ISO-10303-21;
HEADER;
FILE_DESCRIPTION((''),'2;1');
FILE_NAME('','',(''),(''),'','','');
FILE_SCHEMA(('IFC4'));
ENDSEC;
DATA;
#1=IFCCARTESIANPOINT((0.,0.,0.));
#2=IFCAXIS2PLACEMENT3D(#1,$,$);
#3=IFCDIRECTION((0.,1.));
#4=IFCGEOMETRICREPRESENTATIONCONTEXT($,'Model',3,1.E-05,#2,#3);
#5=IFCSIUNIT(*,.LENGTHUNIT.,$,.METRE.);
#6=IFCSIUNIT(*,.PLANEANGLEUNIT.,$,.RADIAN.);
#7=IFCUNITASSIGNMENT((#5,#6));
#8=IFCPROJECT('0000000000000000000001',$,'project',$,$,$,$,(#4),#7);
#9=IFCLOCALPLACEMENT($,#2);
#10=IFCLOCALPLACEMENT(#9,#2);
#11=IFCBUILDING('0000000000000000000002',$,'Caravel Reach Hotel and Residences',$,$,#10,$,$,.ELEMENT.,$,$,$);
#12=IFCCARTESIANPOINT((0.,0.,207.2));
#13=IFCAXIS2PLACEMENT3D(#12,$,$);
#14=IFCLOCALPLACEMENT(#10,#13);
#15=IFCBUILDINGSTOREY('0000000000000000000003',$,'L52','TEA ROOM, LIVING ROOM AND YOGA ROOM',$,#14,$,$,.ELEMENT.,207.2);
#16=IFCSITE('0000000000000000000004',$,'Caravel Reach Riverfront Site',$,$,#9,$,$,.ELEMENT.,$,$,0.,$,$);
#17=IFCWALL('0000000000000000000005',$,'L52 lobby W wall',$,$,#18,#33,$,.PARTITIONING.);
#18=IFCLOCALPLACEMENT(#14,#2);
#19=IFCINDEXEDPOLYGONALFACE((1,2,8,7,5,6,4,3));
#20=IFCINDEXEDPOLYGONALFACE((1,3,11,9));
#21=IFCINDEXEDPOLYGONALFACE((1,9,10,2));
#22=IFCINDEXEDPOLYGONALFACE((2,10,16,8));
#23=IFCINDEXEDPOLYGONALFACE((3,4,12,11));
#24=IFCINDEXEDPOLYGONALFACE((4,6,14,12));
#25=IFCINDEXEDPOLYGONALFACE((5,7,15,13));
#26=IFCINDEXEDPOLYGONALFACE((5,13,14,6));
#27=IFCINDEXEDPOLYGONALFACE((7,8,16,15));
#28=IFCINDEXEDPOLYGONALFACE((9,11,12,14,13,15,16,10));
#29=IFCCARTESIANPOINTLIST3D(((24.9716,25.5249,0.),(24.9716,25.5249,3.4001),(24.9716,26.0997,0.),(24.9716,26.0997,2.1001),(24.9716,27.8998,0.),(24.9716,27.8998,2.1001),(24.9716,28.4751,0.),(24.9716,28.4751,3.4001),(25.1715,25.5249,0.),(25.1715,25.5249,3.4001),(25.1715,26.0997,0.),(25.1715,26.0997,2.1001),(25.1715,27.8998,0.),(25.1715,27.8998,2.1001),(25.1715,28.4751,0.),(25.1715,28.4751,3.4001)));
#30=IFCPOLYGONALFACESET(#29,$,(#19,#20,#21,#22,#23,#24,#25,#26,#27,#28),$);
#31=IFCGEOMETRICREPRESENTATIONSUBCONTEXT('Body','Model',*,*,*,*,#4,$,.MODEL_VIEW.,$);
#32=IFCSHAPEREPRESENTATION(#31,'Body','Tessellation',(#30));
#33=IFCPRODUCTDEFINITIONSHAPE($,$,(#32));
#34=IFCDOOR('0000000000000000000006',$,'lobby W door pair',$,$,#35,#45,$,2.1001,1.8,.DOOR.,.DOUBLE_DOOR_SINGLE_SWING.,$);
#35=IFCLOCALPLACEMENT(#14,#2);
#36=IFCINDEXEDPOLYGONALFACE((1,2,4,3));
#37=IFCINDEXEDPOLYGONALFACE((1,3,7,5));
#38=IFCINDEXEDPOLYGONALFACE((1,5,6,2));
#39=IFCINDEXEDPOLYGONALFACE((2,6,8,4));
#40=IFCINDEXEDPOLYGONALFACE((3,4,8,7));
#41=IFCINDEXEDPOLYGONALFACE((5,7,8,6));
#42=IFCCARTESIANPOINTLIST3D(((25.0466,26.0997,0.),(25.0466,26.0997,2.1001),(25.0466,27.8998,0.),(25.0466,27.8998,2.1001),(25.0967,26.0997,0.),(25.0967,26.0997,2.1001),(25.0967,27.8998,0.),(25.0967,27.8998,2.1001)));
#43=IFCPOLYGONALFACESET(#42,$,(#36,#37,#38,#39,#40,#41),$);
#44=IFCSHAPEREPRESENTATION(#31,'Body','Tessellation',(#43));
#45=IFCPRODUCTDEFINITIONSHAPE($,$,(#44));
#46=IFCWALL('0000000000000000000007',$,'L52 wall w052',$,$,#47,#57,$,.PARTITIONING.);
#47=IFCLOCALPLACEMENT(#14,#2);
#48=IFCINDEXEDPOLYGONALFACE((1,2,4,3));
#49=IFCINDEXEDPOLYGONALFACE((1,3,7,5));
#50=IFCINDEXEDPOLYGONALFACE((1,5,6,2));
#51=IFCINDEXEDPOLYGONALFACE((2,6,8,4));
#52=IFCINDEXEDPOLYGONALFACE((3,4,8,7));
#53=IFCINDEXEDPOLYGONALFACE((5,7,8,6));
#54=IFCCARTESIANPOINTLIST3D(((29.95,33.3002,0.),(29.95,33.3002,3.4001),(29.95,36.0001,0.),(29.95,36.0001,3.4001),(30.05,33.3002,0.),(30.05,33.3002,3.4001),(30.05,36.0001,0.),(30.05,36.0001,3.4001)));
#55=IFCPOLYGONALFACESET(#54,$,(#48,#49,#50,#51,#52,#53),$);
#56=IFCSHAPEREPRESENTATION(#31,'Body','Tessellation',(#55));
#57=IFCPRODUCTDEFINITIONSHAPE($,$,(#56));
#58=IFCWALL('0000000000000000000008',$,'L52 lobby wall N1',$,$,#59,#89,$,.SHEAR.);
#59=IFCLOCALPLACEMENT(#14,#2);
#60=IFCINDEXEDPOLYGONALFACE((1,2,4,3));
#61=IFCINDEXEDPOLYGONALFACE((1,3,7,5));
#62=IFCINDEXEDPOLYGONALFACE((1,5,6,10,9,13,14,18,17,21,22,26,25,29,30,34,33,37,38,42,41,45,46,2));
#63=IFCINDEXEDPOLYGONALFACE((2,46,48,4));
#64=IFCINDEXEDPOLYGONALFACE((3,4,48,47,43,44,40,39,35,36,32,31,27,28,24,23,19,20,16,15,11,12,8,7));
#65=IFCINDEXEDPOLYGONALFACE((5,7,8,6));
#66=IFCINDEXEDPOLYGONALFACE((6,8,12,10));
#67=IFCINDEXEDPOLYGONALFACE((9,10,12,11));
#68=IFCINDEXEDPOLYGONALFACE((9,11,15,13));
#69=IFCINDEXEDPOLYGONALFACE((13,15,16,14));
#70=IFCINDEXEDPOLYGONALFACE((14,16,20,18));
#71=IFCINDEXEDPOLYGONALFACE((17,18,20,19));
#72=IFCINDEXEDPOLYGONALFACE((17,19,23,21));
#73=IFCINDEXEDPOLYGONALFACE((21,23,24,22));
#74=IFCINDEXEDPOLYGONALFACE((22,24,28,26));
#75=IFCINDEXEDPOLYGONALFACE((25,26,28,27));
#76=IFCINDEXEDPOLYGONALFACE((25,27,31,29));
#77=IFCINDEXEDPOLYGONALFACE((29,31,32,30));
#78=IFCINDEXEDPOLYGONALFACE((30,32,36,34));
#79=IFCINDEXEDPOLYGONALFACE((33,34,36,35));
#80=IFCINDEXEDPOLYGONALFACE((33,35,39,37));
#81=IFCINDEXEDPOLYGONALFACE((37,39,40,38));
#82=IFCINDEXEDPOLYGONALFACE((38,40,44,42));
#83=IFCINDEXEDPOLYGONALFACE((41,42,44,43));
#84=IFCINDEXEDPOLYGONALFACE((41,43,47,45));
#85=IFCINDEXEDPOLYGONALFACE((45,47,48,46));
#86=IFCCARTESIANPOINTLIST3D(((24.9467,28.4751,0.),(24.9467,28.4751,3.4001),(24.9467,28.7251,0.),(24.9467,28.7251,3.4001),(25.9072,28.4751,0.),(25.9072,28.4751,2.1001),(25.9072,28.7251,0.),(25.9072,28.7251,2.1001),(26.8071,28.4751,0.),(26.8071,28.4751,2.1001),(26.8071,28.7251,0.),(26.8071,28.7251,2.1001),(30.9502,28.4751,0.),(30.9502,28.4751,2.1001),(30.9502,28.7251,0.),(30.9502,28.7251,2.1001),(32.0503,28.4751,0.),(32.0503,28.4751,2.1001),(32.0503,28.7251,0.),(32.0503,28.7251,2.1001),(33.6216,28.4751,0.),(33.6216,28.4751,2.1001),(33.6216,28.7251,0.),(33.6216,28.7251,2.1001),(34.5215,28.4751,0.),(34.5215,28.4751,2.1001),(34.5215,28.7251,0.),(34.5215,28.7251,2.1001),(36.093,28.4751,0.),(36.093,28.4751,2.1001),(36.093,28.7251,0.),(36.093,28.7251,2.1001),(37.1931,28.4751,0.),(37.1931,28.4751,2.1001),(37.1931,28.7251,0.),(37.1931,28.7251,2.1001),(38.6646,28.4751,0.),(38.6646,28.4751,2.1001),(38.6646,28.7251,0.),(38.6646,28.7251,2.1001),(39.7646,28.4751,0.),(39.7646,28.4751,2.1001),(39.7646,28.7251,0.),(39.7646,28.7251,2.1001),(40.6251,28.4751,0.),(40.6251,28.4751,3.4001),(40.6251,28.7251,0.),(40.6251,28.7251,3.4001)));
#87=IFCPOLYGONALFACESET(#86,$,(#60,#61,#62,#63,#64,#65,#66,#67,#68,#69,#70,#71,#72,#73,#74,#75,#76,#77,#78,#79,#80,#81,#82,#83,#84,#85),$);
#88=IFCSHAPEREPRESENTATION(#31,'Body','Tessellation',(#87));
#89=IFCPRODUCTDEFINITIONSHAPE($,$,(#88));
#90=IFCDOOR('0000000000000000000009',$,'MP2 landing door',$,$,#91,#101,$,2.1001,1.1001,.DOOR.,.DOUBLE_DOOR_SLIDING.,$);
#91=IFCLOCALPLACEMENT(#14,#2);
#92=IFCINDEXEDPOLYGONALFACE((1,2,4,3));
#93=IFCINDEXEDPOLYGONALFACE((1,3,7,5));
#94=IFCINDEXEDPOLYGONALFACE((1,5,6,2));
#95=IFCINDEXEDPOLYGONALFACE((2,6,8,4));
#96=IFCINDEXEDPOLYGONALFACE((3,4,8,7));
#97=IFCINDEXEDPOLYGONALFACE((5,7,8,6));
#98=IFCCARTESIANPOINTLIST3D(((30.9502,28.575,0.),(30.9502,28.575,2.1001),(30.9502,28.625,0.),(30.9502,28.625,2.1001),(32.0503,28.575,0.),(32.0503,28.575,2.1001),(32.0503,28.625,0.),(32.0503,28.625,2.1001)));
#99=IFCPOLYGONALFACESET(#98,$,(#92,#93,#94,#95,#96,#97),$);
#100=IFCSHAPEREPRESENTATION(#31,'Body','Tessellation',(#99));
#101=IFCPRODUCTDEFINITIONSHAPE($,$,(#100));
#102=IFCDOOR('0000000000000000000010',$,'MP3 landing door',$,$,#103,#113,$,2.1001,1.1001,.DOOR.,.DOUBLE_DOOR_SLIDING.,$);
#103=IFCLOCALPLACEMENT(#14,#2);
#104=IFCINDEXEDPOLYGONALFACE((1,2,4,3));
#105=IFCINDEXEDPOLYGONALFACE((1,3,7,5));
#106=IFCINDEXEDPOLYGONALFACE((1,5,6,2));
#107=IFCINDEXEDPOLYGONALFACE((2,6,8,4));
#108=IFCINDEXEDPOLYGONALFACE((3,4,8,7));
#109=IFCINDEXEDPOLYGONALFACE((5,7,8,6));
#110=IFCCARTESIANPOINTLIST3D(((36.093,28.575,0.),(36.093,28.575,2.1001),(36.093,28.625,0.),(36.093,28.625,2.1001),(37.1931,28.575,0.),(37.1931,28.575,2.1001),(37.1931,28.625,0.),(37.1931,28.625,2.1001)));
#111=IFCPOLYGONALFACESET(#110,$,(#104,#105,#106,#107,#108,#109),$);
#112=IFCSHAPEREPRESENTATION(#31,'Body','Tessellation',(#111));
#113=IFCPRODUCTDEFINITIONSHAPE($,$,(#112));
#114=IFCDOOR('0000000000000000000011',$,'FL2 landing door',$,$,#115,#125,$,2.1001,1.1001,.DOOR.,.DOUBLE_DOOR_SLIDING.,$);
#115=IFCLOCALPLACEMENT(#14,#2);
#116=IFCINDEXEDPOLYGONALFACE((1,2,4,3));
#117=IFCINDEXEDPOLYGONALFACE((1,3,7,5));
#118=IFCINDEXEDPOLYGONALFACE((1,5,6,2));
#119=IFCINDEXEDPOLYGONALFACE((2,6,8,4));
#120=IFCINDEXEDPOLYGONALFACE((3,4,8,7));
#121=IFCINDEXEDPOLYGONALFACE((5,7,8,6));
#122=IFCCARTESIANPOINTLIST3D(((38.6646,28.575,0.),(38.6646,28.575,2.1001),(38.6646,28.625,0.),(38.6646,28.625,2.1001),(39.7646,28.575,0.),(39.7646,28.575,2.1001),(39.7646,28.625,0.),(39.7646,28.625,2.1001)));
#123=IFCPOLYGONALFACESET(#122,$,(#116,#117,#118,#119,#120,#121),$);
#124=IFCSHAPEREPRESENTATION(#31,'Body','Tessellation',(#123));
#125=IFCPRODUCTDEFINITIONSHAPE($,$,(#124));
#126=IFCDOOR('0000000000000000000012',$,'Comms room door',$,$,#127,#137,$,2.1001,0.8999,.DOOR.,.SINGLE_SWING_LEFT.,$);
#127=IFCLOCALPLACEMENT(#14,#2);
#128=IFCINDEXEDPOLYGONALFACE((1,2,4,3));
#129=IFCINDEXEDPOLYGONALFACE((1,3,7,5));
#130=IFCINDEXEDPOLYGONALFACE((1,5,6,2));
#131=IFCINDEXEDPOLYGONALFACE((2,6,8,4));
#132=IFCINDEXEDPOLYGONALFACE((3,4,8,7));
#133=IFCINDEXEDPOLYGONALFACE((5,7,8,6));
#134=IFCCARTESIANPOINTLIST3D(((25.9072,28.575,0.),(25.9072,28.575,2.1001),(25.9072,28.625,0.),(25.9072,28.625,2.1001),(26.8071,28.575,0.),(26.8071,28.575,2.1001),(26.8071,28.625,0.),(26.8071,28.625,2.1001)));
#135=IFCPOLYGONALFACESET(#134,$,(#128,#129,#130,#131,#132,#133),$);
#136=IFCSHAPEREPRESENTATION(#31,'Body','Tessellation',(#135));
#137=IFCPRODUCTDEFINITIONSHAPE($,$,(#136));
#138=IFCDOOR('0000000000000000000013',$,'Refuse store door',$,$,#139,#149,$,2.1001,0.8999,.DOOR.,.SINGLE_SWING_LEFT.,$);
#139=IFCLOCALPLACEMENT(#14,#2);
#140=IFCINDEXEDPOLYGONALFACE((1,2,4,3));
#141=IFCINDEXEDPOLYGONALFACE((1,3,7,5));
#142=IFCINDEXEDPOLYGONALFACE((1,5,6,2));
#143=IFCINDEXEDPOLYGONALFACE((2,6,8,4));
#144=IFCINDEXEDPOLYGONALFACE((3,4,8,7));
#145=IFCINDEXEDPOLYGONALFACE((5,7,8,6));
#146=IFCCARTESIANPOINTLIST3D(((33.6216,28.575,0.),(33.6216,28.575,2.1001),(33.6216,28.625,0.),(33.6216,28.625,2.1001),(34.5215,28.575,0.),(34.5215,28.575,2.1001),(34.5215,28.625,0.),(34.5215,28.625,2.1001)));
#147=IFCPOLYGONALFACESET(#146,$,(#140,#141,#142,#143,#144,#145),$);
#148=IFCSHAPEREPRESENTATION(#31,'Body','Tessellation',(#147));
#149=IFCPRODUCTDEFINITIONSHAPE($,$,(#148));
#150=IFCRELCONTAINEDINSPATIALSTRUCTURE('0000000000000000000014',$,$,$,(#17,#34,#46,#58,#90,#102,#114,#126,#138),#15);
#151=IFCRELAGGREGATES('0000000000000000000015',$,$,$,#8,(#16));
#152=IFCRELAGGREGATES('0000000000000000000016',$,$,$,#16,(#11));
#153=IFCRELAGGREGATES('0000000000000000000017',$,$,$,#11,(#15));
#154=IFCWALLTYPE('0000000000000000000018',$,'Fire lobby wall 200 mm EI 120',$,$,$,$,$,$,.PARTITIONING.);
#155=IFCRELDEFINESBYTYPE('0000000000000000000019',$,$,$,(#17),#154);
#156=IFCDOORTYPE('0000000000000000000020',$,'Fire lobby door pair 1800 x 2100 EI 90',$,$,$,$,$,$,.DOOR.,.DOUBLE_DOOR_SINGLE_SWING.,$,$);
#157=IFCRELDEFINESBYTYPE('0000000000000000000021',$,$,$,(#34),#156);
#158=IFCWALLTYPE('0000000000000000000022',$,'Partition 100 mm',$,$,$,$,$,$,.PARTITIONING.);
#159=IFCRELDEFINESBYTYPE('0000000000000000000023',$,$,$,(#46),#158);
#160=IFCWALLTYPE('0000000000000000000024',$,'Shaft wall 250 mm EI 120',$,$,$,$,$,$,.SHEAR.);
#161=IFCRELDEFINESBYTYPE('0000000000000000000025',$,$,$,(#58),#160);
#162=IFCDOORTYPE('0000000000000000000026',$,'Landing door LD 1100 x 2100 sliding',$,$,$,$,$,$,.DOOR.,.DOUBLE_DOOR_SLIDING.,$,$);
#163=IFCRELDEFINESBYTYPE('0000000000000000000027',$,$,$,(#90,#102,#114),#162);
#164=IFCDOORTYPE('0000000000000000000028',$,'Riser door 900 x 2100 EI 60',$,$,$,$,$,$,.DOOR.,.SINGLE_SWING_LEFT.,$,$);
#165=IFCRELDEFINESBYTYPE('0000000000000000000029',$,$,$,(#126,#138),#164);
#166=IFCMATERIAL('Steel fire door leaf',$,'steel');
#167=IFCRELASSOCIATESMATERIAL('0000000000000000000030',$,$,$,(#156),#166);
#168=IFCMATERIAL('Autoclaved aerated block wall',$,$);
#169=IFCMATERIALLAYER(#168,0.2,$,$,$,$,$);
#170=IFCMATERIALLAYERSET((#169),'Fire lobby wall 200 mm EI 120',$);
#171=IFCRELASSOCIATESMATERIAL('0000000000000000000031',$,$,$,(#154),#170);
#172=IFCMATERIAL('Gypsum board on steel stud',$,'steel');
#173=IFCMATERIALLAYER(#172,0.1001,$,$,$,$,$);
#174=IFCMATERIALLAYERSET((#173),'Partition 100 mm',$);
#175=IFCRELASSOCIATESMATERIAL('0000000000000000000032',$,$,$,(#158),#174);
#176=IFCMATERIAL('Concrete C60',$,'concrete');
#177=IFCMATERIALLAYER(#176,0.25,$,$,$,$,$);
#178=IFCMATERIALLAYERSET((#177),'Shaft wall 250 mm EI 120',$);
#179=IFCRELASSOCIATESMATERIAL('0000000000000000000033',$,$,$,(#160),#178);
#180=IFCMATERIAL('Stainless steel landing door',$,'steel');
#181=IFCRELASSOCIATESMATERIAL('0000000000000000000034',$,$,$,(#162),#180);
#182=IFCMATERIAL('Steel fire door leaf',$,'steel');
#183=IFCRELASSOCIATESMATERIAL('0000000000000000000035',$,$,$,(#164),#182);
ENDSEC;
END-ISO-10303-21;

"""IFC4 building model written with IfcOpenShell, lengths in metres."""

from ifc_helpers import new_model, si_unit, direction, frame, frame_2d, origin, place, context, subcontext, project, spatial, rectangle, extrude, material, layer, layer_set, type_object, element, fill, save


model = new_model("IFC4")

# Units and contexts
model_context = context("Model", 3, precision=1e-05, world=origin(), true_north=direction((0.0, 1.0)))
body_context = subcontext(model_context, "Body", "Model", "MODEL_VIEW")
ifc_project = project(units=[si_unit("LENGTHUNIT", "METRE"), si_unit("PLANEANGLEUNIT", "RADIAN")], contexts=[model_context])

# Site, building, storey
site_placement = place(None, origin())
site = spatial("IfcSite", under=ifc_project, at=site_placement, Name="Caravel Reach Riverfront Site", CompositionType="ELEMENT", RefElevation=0.0)
building_placement = place(site_placement, origin())
building = spatial("IfcBuilding", under=site, at=building_placement, Name="Caravel Reach Hotel and Residences", CompositionType="ELEMENT")
storey_placement = place(building_placement, frame((0.0, 0.0, 207.2)))
storey = spatial("IfcBuildingStorey", under=building, at=storey_placement, Name="L52", Description="TEA ROOM, LIVING ROOM AND YOGA ROOM", CompositionType="ELEMENT", Elevation=207.2)

# Shared definitions
ifc_material_1 = material(Name="Steel fire door leaf", Category="steel")
door_type_1 = type_object("IfcDoorType", Name="Fire lobby door pair 1800 x 2100 EI 90", OperationType="DOUBLE_DOOR_SINGLE_SWING", PredefinedType="DOOR", material=ifc_material_1)

# Wall, opening, door
ifc_material_2 = material(Name="Autoclaved aerated block wall")
ifc_layer_1 = layer(ifc_material_2, 0.2)
ifc_layer_set_1 = layer_set([ifc_layer_1], Name="Fire lobby wall 200 mm EI 120")
wall_type_1 = type_object("IfcWallType", Name="Fire lobby wall 200 mm EI 120", PredefinedType="PARTITIONING", material=ifc_layer_set_1)
wall_1_placement = place(storey_placement, frame((25.0715, 25.5249, 0.0), z_axis=(0.0, 0.0, 1.0), x_axis=(0.0, 1.0, 0.0)))
wall_1 = element("IfcWall", 1, at=wall_1_placement, inside=storey, type_object=wall_type_1, Name="L52 lobby W wall", PredefinedType="PARTITIONING", context=body_context, shape_type="SweptSolid", body=[
    extrude(rectangle(XDim=2.9502, YDim=0.2, at=frame_2d((1.4751, 0.0))), origin(), (0.0, 0.0, 1.0), 3.4001),
])
opening_1_placement = place(wall_1_placement, frame((0.575, 0.0, 0.0)))
opening_1 = element("IfcOpeningElement", 2, at=opening_1_placement, cuts=wall_1, PredefinedType="OPENING", context=body_context, shape_type="SweptSolid", body=[
    extrude(rectangle(XDim=1.8, YDim=2.1001, at=frame_2d((0.8999, 1.05))), frame((0.0, 0.1099, 0.0), z_axis=(0.0, -1.0, 0.0), x_axis=(1.0, 0.0, 0.0)), (0.0, 0.0, 1.0), 0.22),
])
door_1_placement = place(opening_1_placement, origin())
door_1 = element("IfcDoor", 3, at=door_1_placement, inside=storey, type_object=door_type_1, Name="lobby W door pair", OperationType="DOUBLE_DOOR_SINGLE_SWING", OverallHeight=2.1001, OverallWidth=1.8, PredefinedType="DOOR", context=body_context, shape_type="SweptSolid", body=[
    extrude(rectangle(XDim=1.8, YDim=2.1001, at=frame_2d((0.8999, 1.05))), frame((0.0, 0.0249, 0.0), z_axis=(0.0, -1.0, 0.0), x_axis=(1.0, 0.0, 0.0)), (0.0, 0.0, 1.0), 0.05),
])
fill(opening_1, door_1)

# Wall
ifc_material_3 = material(Name="Gypsum board on steel stud", Category="steel")
ifc_layer_2 = layer(ifc_material_3, 0.1001)
ifc_layer_set_2 = layer_set([ifc_layer_2], Name="Partition 100 mm")
wall_type_2 = type_object("IfcWallType", Name="Partition 100 mm", PredefinedType="PARTITIONING", material=ifc_layer_set_2)
wall_2_placement = place(storey_placement, frame((30.0, 33.3, 0.0), z_axis=(0.0, 0.0, 1.0), x_axis=(0.0, 1.0, 0.0)))
element("IfcWall", 4, at=wall_2_placement, inside=storey, type_object=wall_type_2, Name="L52 wall w052", PredefinedType="PARTITIONING", context=body_context, shape_type="SweptSolid", body=[
    extrude(rectangle(XDim=2.7, YDim=0.1001, at=frame_2d((1.3501, 0.0))), origin(), (0.0, 0.0, 1.0), 3.4001),
])

# Wall, openings, doors
ifc_material_4 = material(Name="Concrete C60", Category="concrete")
ifc_layer_3 = layer(ifc_material_4, 0.25)
ifc_layer_set_3 = layer_set([ifc_layer_3], Name="Shaft wall 250 mm EI 120")
wall_type_3 = type_object("IfcWallType", Name="Shaft wall 250 mm EI 120", PredefinedType="SHEAR", material=ifc_layer_set_3)
wall_3_placement = place(storey_placement, frame((24.9465, 28.6001, 0.0), z_axis=(0.0, 0.0, 1.0), x_axis=(1.0, 0.0, 0.0)))
wall_3 = element("IfcWall", 5, at=wall_3_placement, inside=storey, type_object=wall_type_3, Name="L52 lobby wall N1", PredefinedType="SHEAR", context=body_context, shape_type="SweptSolid", body=[
    extrude(rectangle(XDim=15.6785, YDim=0.25, at=frame_2d((7.8394, 0.0))), origin(), (0.0, 0.0, 1.0), 3.4001),
])
opening_2_placement = place(wall_3_placement, frame((6.0037, 0.0, 0.0)))
opening_2 = element("IfcOpeningElement", 6, at=opening_2_placement, cuts=wall_3, PredefinedType="OPENING", context=body_context, shape_type="SweptSolid", body=[
    extrude(rectangle(XDim=1.1001, YDim=2.1001, at=frame_2d((0.55, 1.05))), frame((0.0, 0.135, 0.0), z_axis=(0.0, -1.0, 0.0), x_axis=(1.0, 0.0, 0.0)), (0.0, 0.0, 1.0), 0.27),
])
opening_3_placement = place(wall_3_placement, frame((11.1465, 0.0, 0.0)))
opening_3 = element("IfcOpeningElement", 7, at=opening_3_placement, cuts=wall_3, PredefinedType="OPENING", context=body_context, shape_type="SweptSolid", body=[
    extrude(rectangle(XDim=1.1001, YDim=2.1001, at=frame_2d((0.55, 1.05))), frame((0.0, 0.135, 0.0), z_axis=(0.0, -1.0, 0.0), x_axis=(1.0, 0.0, 0.0)), (0.0, 0.0, 1.0), 0.27),
])
opening_4_placement = place(wall_3_placement, frame((13.718, 0.0, 0.0)))
opening_4 = element("IfcOpeningElement", 8, at=opening_4_placement, cuts=wall_3, PredefinedType="OPENING", context=body_context, shape_type="SweptSolid", body=[
    extrude(rectangle(XDim=1.1001, YDim=2.1001, at=frame_2d((0.55, 1.05))), frame((0.0, 0.135, 0.0), z_axis=(0.0, -1.0, 0.0), x_axis=(1.0, 0.0, 0.0)), (0.0, 0.0, 1.0), 0.27),
])
opening_5_placement = place(wall_3_placement, frame((0.9607, 0.0, 0.0)))
opening_5 = element("IfcOpeningElement", 9, at=opening_5_placement, cuts=wall_3, PredefinedType="OPENING", context=body_context, shape_type="SweptSolid", body=[
    extrude(rectangle(XDim=0.8999, YDim=2.1001, at=frame_2d((0.45, 1.05))), frame((0.0, 0.135, 0.0), z_axis=(0.0, -1.0, 0.0), x_axis=(1.0, 0.0, 0.0)), (0.0, 0.0, 1.0), 0.27),
])
opening_6_placement = place(wall_3_placement, frame((8.675, 0.0, 0.0)))
opening_6 = element("IfcOpeningElement", 10, at=opening_6_placement, cuts=wall_3, PredefinedType="OPENING", context=body_context, shape_type="SweptSolid", body=[
    extrude(rectangle(XDim=0.8999, YDim=2.1001, at=frame_2d((0.45, 1.05))), frame((0.0, 0.135, 0.0), z_axis=(0.0, -1.0, 0.0), x_axis=(1.0, 0.0, 0.0)), (0.0, 0.0, 1.0), 0.27),
])
ifc_material_5 = material(Name="Stainless steel landing door", Category="steel")
door_type_2 = type_object("IfcDoorType", Name="Landing door LD 1100 x 2100 sliding", OperationType="DOUBLE_DOOR_SLIDING", PredefinedType="DOOR", material=ifc_material_5)
door_2_placement = place(opening_2_placement, origin())
door_2 = element("IfcDoor", 11, at=door_2_placement, inside=storey, type_object=door_type_2, Name="MP2 landing door", OperationType="DOUBLE_DOOR_SLIDING", OverallHeight=2.1001, OverallWidth=1.1001, PredefinedType="DOOR", context=body_context, shape_type="SweptSolid", body=[
    extrude(rectangle(XDim=1.1001, YDim=2.1001, at=frame_2d((0.55, 1.05))), frame((0.0, 0.0249, 0.0), z_axis=(0.0, -1.0, 0.0), x_axis=(1.0, 0.0, 0.0)), (0.0, 0.0, 1.0), 0.05),
])
fill(opening_2, door_2)
door_3_placement = place(opening_3_placement, origin())
door_3 = element("IfcDoor", 12, at=door_3_placement, inside=storey, type_object=door_type_2, Name="MP3 landing door", OperationType="DOUBLE_DOOR_SLIDING", OverallHeight=2.1001, OverallWidth=1.1001, PredefinedType="DOOR", context=body_context, shape_type="SweptSolid", body=[
    extrude(rectangle(XDim=1.1001, YDim=2.1001, at=frame_2d((0.55, 1.05))), frame((0.0, 0.0249, 0.0), z_axis=(0.0, -1.0, 0.0), x_axis=(1.0, 0.0, 0.0)), (0.0, 0.0, 1.0), 0.05),
])
fill(opening_3, door_3)
door_4_placement = place(opening_4_placement, origin())
door_4 = element("IfcDoor", 13, at=door_4_placement, inside=storey, type_object=door_type_2, Name="FL2 landing door", OperationType="DOUBLE_DOOR_SLIDING", OverallHeight=2.1001, OverallWidth=1.1001, PredefinedType="DOOR", context=body_context, shape_type="SweptSolid", body=[
    extrude(rectangle(XDim=1.1001, YDim=2.1001, at=frame_2d((0.55, 1.05))), frame((0.0, 0.0249, 0.0), z_axis=(0.0, -1.0, 0.0), x_axis=(1.0, 0.0, 0.0)), (0.0, 0.0, 1.0), 0.05),
])
fill(opening_4, door_4)
ifc_material_6 = material(Name="Steel fire door leaf", Category="steel")
door_type_3 = type_object("IfcDoorType", Name="Riser door 900 x 2100 EI 60", OperationType="SINGLE_SWING_LEFT", PredefinedType="DOOR", material=ifc_material_6)
door_5_placement = place(opening_5_placement, origin())
door_5 = element("IfcDoor", 14, at=door_5_placement, inside=storey, type_object=door_type_3, Name="Comms room door", OperationType="SINGLE_SWING_LEFT", OverallHeight=2.1001, OverallWidth=0.8999, PredefinedType="DOOR", context=body_context, shape_type="SweptSolid", body=[
    extrude(rectangle(XDim=0.8999, YDim=2.1001, at=frame_2d((0.45, 1.05))), frame((0.0, 0.0249, 0.0), z_axis=(0.0, -1.0, 0.0), x_axis=(1.0, 0.0, 0.0)), (0.0, 0.0, 1.0), 0.05),
])
fill(opening_5, door_5)
door_6_placement = place(opening_6_placement, origin())
door_6 = element("IfcDoor", 15, at=door_6_placement, inside=storey, type_object=door_type_3, Name="Refuse store door", OperationType="SINGLE_SWING_LEFT", OverallHeight=2.1001, OverallWidth=0.8999, PredefinedType="DOOR", context=body_context, shape_type="SweptSolid", body=[
    extrude(rectangle(XDim=0.8999, YDim=2.1001, at=frame_2d((0.45, 1.05))), frame((0.0, 0.0249, 0.0), z_axis=(0.0, -1.0, 0.0), x_axis=(1.0, 0.0, 0.0)), (0.0, 0.0, 1.0), 0.05),
])
fill(opening_6, door_6)

save(model, "model.ifc")
